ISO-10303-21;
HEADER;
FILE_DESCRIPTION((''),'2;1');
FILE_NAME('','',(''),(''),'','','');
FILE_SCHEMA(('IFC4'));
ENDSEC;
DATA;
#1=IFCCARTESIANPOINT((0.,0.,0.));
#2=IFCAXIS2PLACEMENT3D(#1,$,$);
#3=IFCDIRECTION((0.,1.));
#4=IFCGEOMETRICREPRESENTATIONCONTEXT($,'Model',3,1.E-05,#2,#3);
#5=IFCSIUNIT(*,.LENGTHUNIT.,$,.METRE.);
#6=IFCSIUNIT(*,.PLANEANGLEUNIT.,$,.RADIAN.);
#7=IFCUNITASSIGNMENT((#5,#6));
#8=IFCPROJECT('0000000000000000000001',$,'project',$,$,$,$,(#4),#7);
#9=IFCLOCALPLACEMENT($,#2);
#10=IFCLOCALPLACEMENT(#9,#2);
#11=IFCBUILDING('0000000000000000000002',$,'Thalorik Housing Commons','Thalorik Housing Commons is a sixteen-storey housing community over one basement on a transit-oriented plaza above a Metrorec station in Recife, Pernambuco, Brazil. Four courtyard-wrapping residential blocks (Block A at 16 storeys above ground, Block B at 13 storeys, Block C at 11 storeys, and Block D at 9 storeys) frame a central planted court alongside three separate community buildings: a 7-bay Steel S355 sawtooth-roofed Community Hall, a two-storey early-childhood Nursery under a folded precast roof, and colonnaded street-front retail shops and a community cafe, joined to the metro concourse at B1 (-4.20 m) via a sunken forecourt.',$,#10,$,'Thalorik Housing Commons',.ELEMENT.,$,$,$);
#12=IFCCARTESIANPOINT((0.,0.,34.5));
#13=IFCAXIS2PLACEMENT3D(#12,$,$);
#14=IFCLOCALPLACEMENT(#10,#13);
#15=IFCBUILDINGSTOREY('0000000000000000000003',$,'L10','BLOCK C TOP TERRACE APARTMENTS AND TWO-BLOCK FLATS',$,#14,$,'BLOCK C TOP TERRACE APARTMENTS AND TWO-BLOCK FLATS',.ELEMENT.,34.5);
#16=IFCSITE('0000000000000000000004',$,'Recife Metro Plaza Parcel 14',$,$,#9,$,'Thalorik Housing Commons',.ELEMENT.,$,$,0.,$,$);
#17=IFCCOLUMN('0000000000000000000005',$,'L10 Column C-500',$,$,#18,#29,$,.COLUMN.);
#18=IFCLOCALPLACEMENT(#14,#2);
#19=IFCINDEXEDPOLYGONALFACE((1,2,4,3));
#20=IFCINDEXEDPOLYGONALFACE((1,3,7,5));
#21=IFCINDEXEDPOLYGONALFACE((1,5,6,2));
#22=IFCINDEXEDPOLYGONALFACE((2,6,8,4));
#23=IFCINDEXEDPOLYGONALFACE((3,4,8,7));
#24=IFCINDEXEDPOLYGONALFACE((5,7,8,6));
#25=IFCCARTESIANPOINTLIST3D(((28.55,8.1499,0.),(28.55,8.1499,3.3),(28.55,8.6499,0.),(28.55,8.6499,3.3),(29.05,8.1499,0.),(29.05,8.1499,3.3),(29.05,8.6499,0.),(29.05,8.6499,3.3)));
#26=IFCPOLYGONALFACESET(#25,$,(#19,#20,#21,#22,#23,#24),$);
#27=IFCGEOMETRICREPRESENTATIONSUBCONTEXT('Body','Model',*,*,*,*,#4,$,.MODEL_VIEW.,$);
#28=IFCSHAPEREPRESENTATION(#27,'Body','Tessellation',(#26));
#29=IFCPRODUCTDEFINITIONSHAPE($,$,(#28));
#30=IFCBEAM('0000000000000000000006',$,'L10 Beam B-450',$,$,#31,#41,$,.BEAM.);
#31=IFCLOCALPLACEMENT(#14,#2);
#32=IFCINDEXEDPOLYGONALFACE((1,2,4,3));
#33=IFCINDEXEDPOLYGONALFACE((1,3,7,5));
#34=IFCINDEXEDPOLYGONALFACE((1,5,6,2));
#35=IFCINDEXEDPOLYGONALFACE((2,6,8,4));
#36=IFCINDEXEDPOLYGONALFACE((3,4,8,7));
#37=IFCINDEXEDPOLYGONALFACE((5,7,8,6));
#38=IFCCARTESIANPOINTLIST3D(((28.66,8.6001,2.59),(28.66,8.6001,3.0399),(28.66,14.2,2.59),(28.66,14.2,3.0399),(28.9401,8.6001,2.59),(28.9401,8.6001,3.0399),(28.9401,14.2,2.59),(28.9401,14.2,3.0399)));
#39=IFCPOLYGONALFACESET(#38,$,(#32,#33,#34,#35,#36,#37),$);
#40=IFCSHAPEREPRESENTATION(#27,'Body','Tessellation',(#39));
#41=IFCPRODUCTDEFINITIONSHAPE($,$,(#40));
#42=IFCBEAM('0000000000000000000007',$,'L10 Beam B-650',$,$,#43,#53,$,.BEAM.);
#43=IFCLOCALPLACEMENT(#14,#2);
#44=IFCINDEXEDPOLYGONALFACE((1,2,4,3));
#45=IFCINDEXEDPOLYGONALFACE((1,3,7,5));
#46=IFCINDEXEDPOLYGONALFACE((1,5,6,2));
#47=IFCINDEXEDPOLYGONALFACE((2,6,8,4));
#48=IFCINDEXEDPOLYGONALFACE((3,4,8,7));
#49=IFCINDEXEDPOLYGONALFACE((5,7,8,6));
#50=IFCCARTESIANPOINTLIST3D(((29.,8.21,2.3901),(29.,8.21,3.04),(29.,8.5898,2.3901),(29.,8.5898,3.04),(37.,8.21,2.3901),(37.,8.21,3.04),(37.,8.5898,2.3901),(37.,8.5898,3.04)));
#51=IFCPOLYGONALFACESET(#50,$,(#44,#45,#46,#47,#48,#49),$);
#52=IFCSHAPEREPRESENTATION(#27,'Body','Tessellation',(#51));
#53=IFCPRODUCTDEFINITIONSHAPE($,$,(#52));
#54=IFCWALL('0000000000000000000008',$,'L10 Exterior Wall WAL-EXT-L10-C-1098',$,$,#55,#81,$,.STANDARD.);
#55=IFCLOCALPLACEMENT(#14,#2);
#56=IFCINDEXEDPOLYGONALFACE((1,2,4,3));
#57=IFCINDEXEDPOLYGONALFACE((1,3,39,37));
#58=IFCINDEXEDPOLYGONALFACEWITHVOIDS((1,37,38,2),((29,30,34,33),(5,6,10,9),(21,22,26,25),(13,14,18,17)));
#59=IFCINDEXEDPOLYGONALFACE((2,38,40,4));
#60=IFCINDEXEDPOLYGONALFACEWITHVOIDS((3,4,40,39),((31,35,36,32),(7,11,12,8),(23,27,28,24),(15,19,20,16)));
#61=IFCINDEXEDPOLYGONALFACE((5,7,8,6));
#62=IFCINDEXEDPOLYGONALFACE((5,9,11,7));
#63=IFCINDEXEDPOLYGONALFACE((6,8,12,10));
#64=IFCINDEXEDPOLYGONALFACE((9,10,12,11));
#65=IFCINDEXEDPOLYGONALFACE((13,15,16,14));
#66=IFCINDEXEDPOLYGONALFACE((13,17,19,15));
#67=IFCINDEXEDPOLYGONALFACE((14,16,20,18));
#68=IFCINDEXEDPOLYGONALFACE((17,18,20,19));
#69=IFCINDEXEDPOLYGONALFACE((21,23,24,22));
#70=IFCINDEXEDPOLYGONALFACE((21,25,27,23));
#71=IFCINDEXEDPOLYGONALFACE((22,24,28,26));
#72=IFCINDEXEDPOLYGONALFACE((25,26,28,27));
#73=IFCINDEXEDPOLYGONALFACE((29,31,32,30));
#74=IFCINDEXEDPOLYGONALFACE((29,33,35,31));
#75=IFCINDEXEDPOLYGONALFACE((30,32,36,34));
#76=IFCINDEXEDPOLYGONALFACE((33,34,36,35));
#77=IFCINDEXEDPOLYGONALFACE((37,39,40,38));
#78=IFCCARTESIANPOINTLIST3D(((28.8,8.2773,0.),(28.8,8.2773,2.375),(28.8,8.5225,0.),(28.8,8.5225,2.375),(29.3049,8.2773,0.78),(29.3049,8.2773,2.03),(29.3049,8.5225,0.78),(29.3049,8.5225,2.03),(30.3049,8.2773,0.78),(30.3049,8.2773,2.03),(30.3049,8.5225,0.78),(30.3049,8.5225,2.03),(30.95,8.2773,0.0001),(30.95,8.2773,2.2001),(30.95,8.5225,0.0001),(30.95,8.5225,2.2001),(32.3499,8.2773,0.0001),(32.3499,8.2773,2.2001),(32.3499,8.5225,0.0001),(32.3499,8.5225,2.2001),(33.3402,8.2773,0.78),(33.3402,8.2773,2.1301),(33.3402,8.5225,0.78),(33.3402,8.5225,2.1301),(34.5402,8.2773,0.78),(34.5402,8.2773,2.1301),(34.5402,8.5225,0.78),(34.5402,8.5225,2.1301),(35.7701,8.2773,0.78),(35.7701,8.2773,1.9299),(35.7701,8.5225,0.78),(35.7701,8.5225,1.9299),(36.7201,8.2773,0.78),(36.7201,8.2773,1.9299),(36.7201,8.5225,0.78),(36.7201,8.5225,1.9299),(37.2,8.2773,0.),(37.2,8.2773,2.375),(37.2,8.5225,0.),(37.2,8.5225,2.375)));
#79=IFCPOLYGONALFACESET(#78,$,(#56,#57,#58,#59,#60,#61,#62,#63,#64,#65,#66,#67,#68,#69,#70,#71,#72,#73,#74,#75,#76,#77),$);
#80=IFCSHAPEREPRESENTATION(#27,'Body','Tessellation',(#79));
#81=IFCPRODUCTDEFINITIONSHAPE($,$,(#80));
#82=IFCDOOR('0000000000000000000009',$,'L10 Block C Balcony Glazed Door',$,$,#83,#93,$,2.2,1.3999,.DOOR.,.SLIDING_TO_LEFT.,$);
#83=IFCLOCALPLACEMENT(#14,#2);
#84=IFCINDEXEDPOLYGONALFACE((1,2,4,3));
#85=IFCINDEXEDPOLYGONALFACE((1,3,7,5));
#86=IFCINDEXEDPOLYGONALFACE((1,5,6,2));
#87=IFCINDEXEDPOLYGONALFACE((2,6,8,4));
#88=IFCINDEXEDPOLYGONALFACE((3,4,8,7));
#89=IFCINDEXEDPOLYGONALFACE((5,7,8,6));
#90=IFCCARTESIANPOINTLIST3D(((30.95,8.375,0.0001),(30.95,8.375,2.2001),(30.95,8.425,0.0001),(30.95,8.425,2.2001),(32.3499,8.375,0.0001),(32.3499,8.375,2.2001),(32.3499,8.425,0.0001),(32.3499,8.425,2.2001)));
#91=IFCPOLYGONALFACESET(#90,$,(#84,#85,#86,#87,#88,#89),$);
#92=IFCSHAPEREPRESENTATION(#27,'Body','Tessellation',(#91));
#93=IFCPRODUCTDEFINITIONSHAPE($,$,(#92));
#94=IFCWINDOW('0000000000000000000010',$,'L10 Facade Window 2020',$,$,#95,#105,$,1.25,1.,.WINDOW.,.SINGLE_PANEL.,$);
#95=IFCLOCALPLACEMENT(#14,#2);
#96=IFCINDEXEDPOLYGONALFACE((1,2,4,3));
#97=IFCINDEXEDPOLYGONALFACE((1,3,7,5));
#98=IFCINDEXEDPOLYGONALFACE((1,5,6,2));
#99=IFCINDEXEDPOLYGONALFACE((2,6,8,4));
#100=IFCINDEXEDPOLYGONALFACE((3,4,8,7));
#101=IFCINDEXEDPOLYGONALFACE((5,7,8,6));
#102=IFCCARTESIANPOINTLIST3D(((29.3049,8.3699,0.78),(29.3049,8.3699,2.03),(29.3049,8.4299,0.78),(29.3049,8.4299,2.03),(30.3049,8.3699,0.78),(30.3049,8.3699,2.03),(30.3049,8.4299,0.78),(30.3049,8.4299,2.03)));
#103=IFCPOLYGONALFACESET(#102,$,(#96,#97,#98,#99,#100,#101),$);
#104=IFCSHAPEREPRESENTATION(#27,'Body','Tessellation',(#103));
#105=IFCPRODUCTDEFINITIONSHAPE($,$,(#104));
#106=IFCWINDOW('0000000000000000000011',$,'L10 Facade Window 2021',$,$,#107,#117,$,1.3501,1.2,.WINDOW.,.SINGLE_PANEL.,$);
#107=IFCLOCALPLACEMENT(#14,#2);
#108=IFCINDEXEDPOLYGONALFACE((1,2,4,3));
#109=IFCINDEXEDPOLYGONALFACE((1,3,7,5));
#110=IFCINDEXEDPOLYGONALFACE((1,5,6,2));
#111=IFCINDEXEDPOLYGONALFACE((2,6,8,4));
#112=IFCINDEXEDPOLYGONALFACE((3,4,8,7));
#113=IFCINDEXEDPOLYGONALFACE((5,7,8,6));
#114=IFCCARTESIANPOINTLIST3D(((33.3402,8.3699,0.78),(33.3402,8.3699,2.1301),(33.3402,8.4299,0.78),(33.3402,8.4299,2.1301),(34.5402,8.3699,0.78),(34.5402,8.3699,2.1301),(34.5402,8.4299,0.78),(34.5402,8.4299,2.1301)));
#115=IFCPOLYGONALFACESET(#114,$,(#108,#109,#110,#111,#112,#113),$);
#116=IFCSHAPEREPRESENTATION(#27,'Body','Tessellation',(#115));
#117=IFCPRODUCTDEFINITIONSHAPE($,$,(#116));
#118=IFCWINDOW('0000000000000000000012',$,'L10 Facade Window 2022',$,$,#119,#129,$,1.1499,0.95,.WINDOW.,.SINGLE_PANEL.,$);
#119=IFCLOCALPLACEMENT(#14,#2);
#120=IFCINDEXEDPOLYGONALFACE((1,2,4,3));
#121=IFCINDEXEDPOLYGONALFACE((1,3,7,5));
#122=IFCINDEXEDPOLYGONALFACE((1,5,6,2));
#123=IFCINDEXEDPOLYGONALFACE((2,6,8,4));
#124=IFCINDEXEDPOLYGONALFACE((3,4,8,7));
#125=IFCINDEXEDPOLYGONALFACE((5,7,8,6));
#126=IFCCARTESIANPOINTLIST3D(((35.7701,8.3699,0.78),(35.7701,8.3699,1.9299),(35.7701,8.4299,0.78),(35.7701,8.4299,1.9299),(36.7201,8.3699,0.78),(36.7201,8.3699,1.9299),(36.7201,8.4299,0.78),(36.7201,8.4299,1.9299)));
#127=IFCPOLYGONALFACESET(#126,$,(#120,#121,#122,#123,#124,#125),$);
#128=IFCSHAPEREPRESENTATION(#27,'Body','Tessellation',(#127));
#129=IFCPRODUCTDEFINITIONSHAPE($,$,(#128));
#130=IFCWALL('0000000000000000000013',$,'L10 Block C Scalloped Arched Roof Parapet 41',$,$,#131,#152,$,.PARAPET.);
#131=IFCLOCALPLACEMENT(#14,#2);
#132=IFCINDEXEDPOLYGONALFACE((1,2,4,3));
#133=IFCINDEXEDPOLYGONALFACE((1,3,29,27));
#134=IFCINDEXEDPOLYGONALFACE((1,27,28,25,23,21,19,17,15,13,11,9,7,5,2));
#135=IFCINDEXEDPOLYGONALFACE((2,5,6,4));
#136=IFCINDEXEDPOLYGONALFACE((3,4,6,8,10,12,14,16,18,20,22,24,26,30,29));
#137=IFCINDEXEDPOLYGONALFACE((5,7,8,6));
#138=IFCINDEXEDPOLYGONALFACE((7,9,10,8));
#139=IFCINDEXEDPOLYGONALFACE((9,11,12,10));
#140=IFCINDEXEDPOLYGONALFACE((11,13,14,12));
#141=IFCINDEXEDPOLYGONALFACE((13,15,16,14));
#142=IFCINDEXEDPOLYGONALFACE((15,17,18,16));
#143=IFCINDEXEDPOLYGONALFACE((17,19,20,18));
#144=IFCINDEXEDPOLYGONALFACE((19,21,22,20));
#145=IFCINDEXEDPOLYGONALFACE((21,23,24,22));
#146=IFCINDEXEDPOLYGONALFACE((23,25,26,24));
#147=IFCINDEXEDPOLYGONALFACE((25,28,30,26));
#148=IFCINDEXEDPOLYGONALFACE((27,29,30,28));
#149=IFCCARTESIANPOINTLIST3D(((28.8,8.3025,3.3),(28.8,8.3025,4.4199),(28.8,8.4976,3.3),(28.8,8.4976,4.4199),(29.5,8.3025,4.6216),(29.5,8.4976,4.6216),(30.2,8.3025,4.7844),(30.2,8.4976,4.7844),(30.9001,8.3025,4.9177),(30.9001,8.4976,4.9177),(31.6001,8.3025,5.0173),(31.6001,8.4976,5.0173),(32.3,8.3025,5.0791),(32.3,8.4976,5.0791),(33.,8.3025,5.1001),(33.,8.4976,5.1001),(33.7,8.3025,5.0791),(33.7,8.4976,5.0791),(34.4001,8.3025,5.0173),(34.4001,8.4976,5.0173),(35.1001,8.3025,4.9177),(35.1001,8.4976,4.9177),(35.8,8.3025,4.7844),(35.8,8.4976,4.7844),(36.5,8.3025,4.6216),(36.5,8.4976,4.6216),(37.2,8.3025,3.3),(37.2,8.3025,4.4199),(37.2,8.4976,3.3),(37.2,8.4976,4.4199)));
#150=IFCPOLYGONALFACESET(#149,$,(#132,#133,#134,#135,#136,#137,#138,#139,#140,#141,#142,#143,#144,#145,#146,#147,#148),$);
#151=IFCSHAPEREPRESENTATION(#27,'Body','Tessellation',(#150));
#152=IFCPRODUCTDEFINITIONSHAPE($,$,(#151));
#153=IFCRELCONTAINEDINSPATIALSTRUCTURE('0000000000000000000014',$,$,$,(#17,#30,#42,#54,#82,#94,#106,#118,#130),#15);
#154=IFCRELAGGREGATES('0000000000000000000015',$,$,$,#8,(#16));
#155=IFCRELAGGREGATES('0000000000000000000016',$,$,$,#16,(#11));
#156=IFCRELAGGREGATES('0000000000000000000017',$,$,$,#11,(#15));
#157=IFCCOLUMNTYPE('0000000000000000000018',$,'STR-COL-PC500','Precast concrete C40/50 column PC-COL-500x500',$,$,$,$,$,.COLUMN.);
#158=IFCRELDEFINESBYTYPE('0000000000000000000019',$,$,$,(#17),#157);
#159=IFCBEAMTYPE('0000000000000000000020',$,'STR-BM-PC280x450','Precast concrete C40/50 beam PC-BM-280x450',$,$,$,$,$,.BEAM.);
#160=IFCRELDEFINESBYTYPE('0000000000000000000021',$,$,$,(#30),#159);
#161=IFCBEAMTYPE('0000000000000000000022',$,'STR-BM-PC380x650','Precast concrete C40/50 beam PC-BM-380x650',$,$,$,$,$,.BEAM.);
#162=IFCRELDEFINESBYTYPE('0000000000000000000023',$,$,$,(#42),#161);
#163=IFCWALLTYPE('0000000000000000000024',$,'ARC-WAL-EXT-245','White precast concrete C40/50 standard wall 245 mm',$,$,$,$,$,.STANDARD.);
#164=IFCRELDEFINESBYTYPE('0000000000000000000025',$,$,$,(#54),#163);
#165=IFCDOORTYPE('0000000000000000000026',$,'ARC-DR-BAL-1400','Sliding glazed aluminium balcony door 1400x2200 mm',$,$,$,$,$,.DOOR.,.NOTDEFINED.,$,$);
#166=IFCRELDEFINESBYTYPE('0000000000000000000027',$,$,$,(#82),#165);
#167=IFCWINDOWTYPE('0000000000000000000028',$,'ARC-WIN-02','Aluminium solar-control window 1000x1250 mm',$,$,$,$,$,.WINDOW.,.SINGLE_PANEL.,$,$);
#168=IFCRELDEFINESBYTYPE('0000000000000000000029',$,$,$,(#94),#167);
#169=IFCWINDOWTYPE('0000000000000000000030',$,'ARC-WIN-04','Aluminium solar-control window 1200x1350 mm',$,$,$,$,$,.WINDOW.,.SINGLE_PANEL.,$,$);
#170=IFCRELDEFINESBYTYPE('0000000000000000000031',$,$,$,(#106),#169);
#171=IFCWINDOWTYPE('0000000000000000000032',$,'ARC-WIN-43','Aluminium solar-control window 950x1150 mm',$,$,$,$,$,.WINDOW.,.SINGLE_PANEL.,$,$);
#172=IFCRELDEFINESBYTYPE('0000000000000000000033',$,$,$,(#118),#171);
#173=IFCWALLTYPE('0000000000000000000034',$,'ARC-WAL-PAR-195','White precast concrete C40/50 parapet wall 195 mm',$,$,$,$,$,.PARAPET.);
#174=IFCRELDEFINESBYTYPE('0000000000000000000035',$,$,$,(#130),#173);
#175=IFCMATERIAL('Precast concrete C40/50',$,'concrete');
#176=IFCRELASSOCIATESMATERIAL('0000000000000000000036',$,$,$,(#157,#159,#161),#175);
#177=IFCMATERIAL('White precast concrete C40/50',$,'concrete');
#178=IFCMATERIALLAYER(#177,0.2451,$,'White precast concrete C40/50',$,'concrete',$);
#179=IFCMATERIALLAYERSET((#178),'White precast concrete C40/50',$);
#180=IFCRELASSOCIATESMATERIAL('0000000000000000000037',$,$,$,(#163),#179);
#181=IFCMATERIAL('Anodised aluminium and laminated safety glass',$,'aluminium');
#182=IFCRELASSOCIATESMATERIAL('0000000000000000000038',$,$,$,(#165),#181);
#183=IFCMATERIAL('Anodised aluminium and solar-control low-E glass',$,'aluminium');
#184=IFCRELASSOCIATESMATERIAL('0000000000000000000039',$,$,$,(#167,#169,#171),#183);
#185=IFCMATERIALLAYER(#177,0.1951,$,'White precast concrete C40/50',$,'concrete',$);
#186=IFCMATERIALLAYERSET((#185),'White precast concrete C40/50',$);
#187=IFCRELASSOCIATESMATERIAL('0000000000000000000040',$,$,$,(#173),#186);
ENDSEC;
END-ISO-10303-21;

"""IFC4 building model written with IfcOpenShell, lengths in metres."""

from ifc_helpers import new_model, si_unit, direction, frame, frame_2d, origin, origin_2d, place, context, subcontext, project, spatial, polyline, rectangle, outline, extrude, material, layer, layer_set, material_profile, profile_set, type_object, element, fill, save


model = new_model("IFC4")

# Units and contexts
model_context = context("Model", 3, precision=1e-05, world=origin(), true_north=direction((0.0, 1.0)))
body_context = subcontext(model_context, "Body", "Model", "MODEL_VIEW")
ifc_project = project(units=[si_unit("LENGTHUNIT", "METRE"), si_unit("PLANEANGLEUNIT", "RADIAN")], contexts=[model_context])

# Site, building, storey
site_placement = place(None, origin())
site = spatial("IfcSite", under=ifc_project, at=site_placement, Name="Recife Metro Plaza Parcel 14", LongName="Thalorik Housing Commons", CompositionType="ELEMENT", RefElevation=0.0)
building_placement = place(site_placement, origin())
building = spatial("IfcBuilding", under=site, at=building_placement, Name="Thalorik Housing Commons", Description="Thalorik Housing Commons is a sixteen-storey housing community over one basement on a transit-oriented plaza above a Metrorec station in Recife, Pernambuco, Brazil. Four courtyard-wrapping residential blocks (Block A at 16 storeys above ground, Block B at 13 storeys, Block C at 11 storeys, and Block D at 9 storeys) frame a central planted court alongside three separate community buildings: a 7-bay Steel S355 sawtooth-roofed Community Hall, a two-storey early-childhood Nursery under a folded precast roof, and colonnaded street-front retail shops and a community cafe, joined to the metro concourse at B1 (-4.20 m) via a sunken forecourt.", LongName="Thalorik Housing Commons", CompositionType="ELEMENT")
storey_placement = place(building_placement, frame((0.0, 0.0, 34.5)))
storey = spatial("IfcBuildingStorey", under=building, at=storey_placement, Name="L10", Description="BLOCK C TOP TERRACE APARTMENTS AND TWO-BLOCK FLATS", LongName="BLOCK C TOP TERRACE APARTMENTS AND TWO-BLOCK FLATS", CompositionType="ELEMENT", Elevation=34.5)

# Column
ifc_material_1 = material(Name="Precast concrete C40/50", Category="concrete")
ifc_material_profile_1 = material_profile(ifc_material_1, rectangle(XDim=0.5, YDim=0.5, at=origin_2d()), Name="PC 500x500", Category="concrete")
ifc_profile_set_1 = profile_set([ifc_material_profile_1], Name="Precast concrete C40/50")
column_type = type_object("IfcColumnType", Name="STR-COL-PC500", Description="Precast concrete C40/50 column PC-COL-500x500", PredefinedType="COLUMN", material=ifc_profile_set_1)
column_placement = place(storey_placement, frame((28.8, 8.3999, 0.0), z_axis=(0.0, 0.0, 1.0), x_axis=(1.0, 0.0, 0.0)))
element("IfcColumn", 1, at=column_placement, inside=storey, type_object=column_type, Name="L10 Column C-500", PredefinedType="COLUMN", context=body_context, shape_type="SweptSolid", body=[
    extrude(rectangle(XDim=0.5, YDim=0.5, at=origin_2d()), origin(), (0.0, 0.0, 1.0), 3.3),
])

# Beams
ifc_material_profile_2 = material_profile(ifc_material_1, rectangle(XDim=0.28, YDim=0.45, at=origin_2d()), Name="PC 280x450", Category="concrete")
ifc_profile_set_2 = profile_set([ifc_material_profile_2], Name="Precast concrete C40/50")
beam_type_1 = type_object("IfcBeamType", Name="STR-BM-PC280x450", Description="Precast concrete C40/50 beam PC-BM-280x450", PredefinedType="BEAM", material=ifc_profile_set_2)
beam_1_placement = place(storey_placement, frame((28.8, 8.6001, 2.8149), z_axis=(0.0, 1.0, 0.0), x_axis=(-1.0, 0.0, 0.0)))
element("IfcBeam", 2, at=beam_1_placement, inside=storey, type_object=beam_type_1, Name="L10 Beam B-450", PredefinedType="BEAM", context=body_context, shape_type="SweptSolid", body=[
    extrude(rectangle(XDim=0.28, YDim=0.45, at=origin_2d()), origin(), (0.0, 0.0, 1.0), 5.5999),
])
ifc_material_profile_3 = material_profile(ifc_material_1, rectangle(XDim=0.3799, YDim=0.6499, at=origin_2d()), Name="PC 380x650", Category="concrete")
ifc_profile_set_3 = profile_set([ifc_material_profile_3], Name="Precast concrete C40/50")
beam_type_2 = type_object("IfcBeamType", Name="STR-BM-PC380x650", Description="Precast concrete C40/50 beam PC-BM-380x650", PredefinedType="BEAM", material=ifc_profile_set_3)
beam_2_placement = place(storey_placement, frame((29.0, 8.3999, 2.7151), z_axis=(1.0, 0.0, 0.0), x_axis=(0.0, 1.0, 0.0)))
element("IfcBeam", 3, at=beam_2_placement, inside=storey, type_object=beam_type_2, Name="L10 Beam B-650", PredefinedType="BEAM", context=body_context, shape_type="SweptSolid", body=[
    extrude(rectangle(XDim=0.3799, YDim=0.6499, at=origin_2d()), origin(), (0.0, 0.0, 1.0), 8.0),
])

# Wall, openings, door, windows
ifc_material_2 = material(Name="White precast concrete C40/50", Category="concrete")
ifc_layer_1 = layer(ifc_material_2, 0.2451, Name="White precast concrete C40/50", Category="concrete")
ifc_layer_set_1 = layer_set([ifc_layer_1], Name="White precast concrete C40/50")
wall_type_1 = type_object("IfcWallType", Name="ARC-WAL-EXT-245", Description="White precast concrete C40/50 standard wall 245 mm", PredefinedType="STANDARD", material=ifc_layer_set_1)
wall_1_placement = place(storey_placement, frame((28.8, 8.3999, 0.0), z_axis=(0.0, 0.0, 1.0), x_axis=(1.0, 0.0, 0.0)))
wall_1 = element("IfcWall", 4, at=wall_1_placement, inside=storey, type_object=wall_type_1, Name="L10 Exterior Wall WAL-EXT-L10-C-1098", PredefinedType="STANDARD", context=body_context, shape_type="SweptSolid", body=[
    extrude(rectangle(XDim=8.3999, YDim=0.2451, at=frame_2d((4.2, 0.0))), origin(), (0.0, 0.0, 1.0), 2.375),
])
opening_1_placement = place(wall_1_placement, frame((2.1499, 0.0, 0.0)))
opening_1 = element("IfcOpeningElement", 5, at=opening_1_placement, cuts=wall_1, PredefinedType="OPENING", context=body_context, shape_type="SweptSolid", body=[
    extrude(rectangle(XDim=1.3999, YDim=2.2, at=frame_2d((0.7, 1.1001))), frame((0.0, 0.1326, 0.0), z_axis=(0.0, -1.0, 0.0), x_axis=(1.0, 0.0, 0.0)), (0.0, 0.0, 1.0), 0.2651),
])
opening_2_placement = place(wall_1_placement, frame((0.5049, 0.0, 0.78)))
opening_2 = element("IfcOpeningElement", 6, at=opening_2_placement, cuts=wall_1, PredefinedType="OPENING", context=body_context, shape_type="SweptSolid", body=[
    extrude(rectangle(XDim=1.0, YDim=1.25, at=frame_2d((0.5, 0.625))), frame((0.0, 0.1326, 0.0), z_axis=(0.0, -1.0, 0.0), x_axis=(1.0, 0.0, 0.0)), (0.0, 0.0, 1.0), 0.2651),
])
opening_3_placement = place(wall_1_placement, frame((4.54, 0.0, 0.78)))
opening_3 = element("IfcOpeningElement", 7, at=opening_3_placement, cuts=wall_1, PredefinedType="OPENING", context=body_context, shape_type="SweptSolid", body=[
    extrude(rectangle(XDim=1.2, YDim=1.3501, at=frame_2d((0.6001, 0.675))), frame((0.0, 0.1326, 0.0), z_axis=(0.0, -1.0, 0.0), x_axis=(1.0, 0.0, 0.0)), (0.0, 0.0, 1.0), 0.2651),
])
opening_4_placement = place(wall_1_placement, frame((6.97, 0.0, 0.78)))
opening_4 = element("IfcOpeningElement", 8, at=opening_4_placement, cuts=wall_1, PredefinedType="OPENING", context=body_context, shape_type="SweptSolid", body=[
    extrude(rectangle(XDim=0.95, YDim=1.1499, at=frame_2d((0.4751, 0.575))), frame((0.0, 0.1326, 0.0), z_axis=(0.0, -1.0, 0.0), x_axis=(1.0, 0.0, 0.0)), (0.0, 0.0, 1.0), 0.2651),
])
ifc_material_3 = material(Name="Anodised aluminium and laminated safety glass", Category="aluminium")
door_type_1 = type_object("IfcDoorType", Name="ARC-DR-BAL-1400", Description="Sliding glazed aluminium balcony door 1400x2200 mm", OperationType="NOTDEFINED", PredefinedType="DOOR", material=ifc_material_3)
door_1_placement = place(opening_1_placement, frame((1.3999, 0.0, 0.0), z_axis=(0.0, 0.0, 1.0), x_axis=(-1.0, 0.0, 0.0)))
door_1 = element("IfcDoor", 9, at=door_1_placement, inside=storey, type_object=door_type_1, Name="L10 Block C Balcony Glazed Door", OperationType="SLIDING_TO_LEFT", OverallHeight=2.2, OverallWidth=1.3999, PredefinedType="DOOR", context=body_context, shape_type="SweptSolid", body=[
    extrude(rectangle(XDim=1.3999, YDim=2.2, at=frame_2d((0.7, 1.1001))), frame((0.0, 0.0249, 0.0), z_axis=(0.0, -1.0, 0.0), x_axis=(1.0, 0.0, 0.0)), (0.0, 0.0, 1.0), 0.05),
])
fill(opening_1, door_1)
ifc_material_4 = material(Name="Anodised aluminium and solar-control low-E glass", Category="aluminium")
window_type_1 = type_object("IfcWindowType", Name="ARC-WIN-02", Description="Aluminium solar-control window 1000x1250 mm", PartitioningType="SINGLE_PANEL", PredefinedType="WINDOW", material=ifc_material_4)
window_1_placement = place(opening_2_placement, origin())
window_1 = element("IfcWindow", 10, at=window_1_placement, inside=storey, type_object=window_type_1, Name="L10 Facade Window 2020", OverallHeight=1.25, OverallWidth=1.0, PartitioningType="SINGLE_PANEL", PredefinedType="WINDOW", context=body_context, shape_type="SweptSolid", body=[
    extrude(rectangle(XDim=1.0, YDim=1.25, at=frame_2d((0.5, 0.625))), frame((0.0, 0.03, 0.0), z_axis=(0.0, -1.0, 0.0), x_axis=(1.0, 0.0, 0.0)), (0.0, 0.0, 1.0), 0.0601),
])
fill(opening_2, window_1)
window_type_2 = type_object("IfcWindowType", Name="ARC-WIN-04", Description="Aluminium solar-control window 1200x1350 mm", PartitioningType="SINGLE_PANEL", PredefinedType="WINDOW", material=ifc_material_4)
window_2_placement = place(opening_3_placement, origin())
window_2 = element("IfcWindow", 11, at=window_2_placement, inside=storey, type_object=window_type_2, Name="L10 Facade Window 2021", OverallHeight=1.3501, OverallWidth=1.2, PartitioningType="SINGLE_PANEL", PredefinedType="WINDOW", context=body_context, shape_type="SweptSolid", body=[
    extrude(rectangle(XDim=1.2, YDim=1.3501, at=frame_2d((0.6001, 0.675))), frame((0.0, 0.03, 0.0), z_axis=(0.0, -1.0, 0.0), x_axis=(1.0, 0.0, 0.0)), (0.0, 0.0, 1.0), 0.0601),
])
fill(opening_3, window_2)
window_type_3 = type_object("IfcWindowType", Name="ARC-WIN-43", Description="Aluminium solar-control window 950x1150 mm", PartitioningType="SINGLE_PANEL", PredefinedType="WINDOW", material=ifc_material_4)
window_3_placement = place(opening_4_placement, origin())
window_3 = element("IfcWindow", 12, at=window_3_placement, inside=storey, type_object=window_type_3, Name="L10 Facade Window 2022", OverallHeight=1.1499, OverallWidth=0.95, PartitioningType="SINGLE_PANEL", PredefinedType="WINDOW", context=body_context, shape_type="SweptSolid", body=[
    extrude(rectangle(XDim=0.95, YDim=1.1499, at=frame_2d((0.4751, 0.575))), frame((0.0, 0.03, 0.0), z_axis=(0.0, -1.0, 0.0), x_axis=(1.0, 0.0, 0.0)), (0.0, 0.0, 1.0), 0.0601),
])
fill(opening_4, window_3)

# Wall
ifc_layer_2 = layer(ifc_material_2, 0.1951, Name="White precast concrete C40/50", Category="concrete")
ifc_layer_set_2 = layer_set([ifc_layer_2], Name="White precast concrete C40/50")
wall_type_2 = type_object("IfcWallType", Name="ARC-WAL-PAR-195", Description="White precast concrete C40/50 parapet wall 195 mm", PredefinedType="PARAPET", material=ifc_layer_set_2)
wall_2_placement = place(storey_placement, frame((28.8, 8.3999, 3.3), z_axis=(0.0, 0.0, 1.0), x_axis=(1.0, 0.0, 0.0)))
element("IfcWall", 13, at=wall_2_placement, inside=storey, type_object=wall_type_2, Name="L10 Block C Scalloped Arched Roof Parapet 41", PredefinedType="PARAPET", context=body_context, shape_type="SweptSolid", body=[
    extrude(outline(polyline([(0.0, 0.0), (8.3999, 0.0), (8.3999, 1.1199), (7.7, 1.3215), (7.0, 1.4844), (6.3, 1.6177), (5.6001, 1.7173), (4.8999, 1.7791), (4.2, 1.8), (3.5, 1.7791), (2.8, 1.7173), (2.1001, 1.6177), (1.3999, 1.4844), (0.7, 1.3215), (0.0, 1.1199), (0.0, 0.0)])), frame((0.0, 0.0977, 0.0), z_axis=(0.0, -1.0, 0.0), x_axis=(1.0, 0.0, 0.0)), (0.0, 0.0, 1.0), 0.1951),
])

save(model, "model.ifc")
